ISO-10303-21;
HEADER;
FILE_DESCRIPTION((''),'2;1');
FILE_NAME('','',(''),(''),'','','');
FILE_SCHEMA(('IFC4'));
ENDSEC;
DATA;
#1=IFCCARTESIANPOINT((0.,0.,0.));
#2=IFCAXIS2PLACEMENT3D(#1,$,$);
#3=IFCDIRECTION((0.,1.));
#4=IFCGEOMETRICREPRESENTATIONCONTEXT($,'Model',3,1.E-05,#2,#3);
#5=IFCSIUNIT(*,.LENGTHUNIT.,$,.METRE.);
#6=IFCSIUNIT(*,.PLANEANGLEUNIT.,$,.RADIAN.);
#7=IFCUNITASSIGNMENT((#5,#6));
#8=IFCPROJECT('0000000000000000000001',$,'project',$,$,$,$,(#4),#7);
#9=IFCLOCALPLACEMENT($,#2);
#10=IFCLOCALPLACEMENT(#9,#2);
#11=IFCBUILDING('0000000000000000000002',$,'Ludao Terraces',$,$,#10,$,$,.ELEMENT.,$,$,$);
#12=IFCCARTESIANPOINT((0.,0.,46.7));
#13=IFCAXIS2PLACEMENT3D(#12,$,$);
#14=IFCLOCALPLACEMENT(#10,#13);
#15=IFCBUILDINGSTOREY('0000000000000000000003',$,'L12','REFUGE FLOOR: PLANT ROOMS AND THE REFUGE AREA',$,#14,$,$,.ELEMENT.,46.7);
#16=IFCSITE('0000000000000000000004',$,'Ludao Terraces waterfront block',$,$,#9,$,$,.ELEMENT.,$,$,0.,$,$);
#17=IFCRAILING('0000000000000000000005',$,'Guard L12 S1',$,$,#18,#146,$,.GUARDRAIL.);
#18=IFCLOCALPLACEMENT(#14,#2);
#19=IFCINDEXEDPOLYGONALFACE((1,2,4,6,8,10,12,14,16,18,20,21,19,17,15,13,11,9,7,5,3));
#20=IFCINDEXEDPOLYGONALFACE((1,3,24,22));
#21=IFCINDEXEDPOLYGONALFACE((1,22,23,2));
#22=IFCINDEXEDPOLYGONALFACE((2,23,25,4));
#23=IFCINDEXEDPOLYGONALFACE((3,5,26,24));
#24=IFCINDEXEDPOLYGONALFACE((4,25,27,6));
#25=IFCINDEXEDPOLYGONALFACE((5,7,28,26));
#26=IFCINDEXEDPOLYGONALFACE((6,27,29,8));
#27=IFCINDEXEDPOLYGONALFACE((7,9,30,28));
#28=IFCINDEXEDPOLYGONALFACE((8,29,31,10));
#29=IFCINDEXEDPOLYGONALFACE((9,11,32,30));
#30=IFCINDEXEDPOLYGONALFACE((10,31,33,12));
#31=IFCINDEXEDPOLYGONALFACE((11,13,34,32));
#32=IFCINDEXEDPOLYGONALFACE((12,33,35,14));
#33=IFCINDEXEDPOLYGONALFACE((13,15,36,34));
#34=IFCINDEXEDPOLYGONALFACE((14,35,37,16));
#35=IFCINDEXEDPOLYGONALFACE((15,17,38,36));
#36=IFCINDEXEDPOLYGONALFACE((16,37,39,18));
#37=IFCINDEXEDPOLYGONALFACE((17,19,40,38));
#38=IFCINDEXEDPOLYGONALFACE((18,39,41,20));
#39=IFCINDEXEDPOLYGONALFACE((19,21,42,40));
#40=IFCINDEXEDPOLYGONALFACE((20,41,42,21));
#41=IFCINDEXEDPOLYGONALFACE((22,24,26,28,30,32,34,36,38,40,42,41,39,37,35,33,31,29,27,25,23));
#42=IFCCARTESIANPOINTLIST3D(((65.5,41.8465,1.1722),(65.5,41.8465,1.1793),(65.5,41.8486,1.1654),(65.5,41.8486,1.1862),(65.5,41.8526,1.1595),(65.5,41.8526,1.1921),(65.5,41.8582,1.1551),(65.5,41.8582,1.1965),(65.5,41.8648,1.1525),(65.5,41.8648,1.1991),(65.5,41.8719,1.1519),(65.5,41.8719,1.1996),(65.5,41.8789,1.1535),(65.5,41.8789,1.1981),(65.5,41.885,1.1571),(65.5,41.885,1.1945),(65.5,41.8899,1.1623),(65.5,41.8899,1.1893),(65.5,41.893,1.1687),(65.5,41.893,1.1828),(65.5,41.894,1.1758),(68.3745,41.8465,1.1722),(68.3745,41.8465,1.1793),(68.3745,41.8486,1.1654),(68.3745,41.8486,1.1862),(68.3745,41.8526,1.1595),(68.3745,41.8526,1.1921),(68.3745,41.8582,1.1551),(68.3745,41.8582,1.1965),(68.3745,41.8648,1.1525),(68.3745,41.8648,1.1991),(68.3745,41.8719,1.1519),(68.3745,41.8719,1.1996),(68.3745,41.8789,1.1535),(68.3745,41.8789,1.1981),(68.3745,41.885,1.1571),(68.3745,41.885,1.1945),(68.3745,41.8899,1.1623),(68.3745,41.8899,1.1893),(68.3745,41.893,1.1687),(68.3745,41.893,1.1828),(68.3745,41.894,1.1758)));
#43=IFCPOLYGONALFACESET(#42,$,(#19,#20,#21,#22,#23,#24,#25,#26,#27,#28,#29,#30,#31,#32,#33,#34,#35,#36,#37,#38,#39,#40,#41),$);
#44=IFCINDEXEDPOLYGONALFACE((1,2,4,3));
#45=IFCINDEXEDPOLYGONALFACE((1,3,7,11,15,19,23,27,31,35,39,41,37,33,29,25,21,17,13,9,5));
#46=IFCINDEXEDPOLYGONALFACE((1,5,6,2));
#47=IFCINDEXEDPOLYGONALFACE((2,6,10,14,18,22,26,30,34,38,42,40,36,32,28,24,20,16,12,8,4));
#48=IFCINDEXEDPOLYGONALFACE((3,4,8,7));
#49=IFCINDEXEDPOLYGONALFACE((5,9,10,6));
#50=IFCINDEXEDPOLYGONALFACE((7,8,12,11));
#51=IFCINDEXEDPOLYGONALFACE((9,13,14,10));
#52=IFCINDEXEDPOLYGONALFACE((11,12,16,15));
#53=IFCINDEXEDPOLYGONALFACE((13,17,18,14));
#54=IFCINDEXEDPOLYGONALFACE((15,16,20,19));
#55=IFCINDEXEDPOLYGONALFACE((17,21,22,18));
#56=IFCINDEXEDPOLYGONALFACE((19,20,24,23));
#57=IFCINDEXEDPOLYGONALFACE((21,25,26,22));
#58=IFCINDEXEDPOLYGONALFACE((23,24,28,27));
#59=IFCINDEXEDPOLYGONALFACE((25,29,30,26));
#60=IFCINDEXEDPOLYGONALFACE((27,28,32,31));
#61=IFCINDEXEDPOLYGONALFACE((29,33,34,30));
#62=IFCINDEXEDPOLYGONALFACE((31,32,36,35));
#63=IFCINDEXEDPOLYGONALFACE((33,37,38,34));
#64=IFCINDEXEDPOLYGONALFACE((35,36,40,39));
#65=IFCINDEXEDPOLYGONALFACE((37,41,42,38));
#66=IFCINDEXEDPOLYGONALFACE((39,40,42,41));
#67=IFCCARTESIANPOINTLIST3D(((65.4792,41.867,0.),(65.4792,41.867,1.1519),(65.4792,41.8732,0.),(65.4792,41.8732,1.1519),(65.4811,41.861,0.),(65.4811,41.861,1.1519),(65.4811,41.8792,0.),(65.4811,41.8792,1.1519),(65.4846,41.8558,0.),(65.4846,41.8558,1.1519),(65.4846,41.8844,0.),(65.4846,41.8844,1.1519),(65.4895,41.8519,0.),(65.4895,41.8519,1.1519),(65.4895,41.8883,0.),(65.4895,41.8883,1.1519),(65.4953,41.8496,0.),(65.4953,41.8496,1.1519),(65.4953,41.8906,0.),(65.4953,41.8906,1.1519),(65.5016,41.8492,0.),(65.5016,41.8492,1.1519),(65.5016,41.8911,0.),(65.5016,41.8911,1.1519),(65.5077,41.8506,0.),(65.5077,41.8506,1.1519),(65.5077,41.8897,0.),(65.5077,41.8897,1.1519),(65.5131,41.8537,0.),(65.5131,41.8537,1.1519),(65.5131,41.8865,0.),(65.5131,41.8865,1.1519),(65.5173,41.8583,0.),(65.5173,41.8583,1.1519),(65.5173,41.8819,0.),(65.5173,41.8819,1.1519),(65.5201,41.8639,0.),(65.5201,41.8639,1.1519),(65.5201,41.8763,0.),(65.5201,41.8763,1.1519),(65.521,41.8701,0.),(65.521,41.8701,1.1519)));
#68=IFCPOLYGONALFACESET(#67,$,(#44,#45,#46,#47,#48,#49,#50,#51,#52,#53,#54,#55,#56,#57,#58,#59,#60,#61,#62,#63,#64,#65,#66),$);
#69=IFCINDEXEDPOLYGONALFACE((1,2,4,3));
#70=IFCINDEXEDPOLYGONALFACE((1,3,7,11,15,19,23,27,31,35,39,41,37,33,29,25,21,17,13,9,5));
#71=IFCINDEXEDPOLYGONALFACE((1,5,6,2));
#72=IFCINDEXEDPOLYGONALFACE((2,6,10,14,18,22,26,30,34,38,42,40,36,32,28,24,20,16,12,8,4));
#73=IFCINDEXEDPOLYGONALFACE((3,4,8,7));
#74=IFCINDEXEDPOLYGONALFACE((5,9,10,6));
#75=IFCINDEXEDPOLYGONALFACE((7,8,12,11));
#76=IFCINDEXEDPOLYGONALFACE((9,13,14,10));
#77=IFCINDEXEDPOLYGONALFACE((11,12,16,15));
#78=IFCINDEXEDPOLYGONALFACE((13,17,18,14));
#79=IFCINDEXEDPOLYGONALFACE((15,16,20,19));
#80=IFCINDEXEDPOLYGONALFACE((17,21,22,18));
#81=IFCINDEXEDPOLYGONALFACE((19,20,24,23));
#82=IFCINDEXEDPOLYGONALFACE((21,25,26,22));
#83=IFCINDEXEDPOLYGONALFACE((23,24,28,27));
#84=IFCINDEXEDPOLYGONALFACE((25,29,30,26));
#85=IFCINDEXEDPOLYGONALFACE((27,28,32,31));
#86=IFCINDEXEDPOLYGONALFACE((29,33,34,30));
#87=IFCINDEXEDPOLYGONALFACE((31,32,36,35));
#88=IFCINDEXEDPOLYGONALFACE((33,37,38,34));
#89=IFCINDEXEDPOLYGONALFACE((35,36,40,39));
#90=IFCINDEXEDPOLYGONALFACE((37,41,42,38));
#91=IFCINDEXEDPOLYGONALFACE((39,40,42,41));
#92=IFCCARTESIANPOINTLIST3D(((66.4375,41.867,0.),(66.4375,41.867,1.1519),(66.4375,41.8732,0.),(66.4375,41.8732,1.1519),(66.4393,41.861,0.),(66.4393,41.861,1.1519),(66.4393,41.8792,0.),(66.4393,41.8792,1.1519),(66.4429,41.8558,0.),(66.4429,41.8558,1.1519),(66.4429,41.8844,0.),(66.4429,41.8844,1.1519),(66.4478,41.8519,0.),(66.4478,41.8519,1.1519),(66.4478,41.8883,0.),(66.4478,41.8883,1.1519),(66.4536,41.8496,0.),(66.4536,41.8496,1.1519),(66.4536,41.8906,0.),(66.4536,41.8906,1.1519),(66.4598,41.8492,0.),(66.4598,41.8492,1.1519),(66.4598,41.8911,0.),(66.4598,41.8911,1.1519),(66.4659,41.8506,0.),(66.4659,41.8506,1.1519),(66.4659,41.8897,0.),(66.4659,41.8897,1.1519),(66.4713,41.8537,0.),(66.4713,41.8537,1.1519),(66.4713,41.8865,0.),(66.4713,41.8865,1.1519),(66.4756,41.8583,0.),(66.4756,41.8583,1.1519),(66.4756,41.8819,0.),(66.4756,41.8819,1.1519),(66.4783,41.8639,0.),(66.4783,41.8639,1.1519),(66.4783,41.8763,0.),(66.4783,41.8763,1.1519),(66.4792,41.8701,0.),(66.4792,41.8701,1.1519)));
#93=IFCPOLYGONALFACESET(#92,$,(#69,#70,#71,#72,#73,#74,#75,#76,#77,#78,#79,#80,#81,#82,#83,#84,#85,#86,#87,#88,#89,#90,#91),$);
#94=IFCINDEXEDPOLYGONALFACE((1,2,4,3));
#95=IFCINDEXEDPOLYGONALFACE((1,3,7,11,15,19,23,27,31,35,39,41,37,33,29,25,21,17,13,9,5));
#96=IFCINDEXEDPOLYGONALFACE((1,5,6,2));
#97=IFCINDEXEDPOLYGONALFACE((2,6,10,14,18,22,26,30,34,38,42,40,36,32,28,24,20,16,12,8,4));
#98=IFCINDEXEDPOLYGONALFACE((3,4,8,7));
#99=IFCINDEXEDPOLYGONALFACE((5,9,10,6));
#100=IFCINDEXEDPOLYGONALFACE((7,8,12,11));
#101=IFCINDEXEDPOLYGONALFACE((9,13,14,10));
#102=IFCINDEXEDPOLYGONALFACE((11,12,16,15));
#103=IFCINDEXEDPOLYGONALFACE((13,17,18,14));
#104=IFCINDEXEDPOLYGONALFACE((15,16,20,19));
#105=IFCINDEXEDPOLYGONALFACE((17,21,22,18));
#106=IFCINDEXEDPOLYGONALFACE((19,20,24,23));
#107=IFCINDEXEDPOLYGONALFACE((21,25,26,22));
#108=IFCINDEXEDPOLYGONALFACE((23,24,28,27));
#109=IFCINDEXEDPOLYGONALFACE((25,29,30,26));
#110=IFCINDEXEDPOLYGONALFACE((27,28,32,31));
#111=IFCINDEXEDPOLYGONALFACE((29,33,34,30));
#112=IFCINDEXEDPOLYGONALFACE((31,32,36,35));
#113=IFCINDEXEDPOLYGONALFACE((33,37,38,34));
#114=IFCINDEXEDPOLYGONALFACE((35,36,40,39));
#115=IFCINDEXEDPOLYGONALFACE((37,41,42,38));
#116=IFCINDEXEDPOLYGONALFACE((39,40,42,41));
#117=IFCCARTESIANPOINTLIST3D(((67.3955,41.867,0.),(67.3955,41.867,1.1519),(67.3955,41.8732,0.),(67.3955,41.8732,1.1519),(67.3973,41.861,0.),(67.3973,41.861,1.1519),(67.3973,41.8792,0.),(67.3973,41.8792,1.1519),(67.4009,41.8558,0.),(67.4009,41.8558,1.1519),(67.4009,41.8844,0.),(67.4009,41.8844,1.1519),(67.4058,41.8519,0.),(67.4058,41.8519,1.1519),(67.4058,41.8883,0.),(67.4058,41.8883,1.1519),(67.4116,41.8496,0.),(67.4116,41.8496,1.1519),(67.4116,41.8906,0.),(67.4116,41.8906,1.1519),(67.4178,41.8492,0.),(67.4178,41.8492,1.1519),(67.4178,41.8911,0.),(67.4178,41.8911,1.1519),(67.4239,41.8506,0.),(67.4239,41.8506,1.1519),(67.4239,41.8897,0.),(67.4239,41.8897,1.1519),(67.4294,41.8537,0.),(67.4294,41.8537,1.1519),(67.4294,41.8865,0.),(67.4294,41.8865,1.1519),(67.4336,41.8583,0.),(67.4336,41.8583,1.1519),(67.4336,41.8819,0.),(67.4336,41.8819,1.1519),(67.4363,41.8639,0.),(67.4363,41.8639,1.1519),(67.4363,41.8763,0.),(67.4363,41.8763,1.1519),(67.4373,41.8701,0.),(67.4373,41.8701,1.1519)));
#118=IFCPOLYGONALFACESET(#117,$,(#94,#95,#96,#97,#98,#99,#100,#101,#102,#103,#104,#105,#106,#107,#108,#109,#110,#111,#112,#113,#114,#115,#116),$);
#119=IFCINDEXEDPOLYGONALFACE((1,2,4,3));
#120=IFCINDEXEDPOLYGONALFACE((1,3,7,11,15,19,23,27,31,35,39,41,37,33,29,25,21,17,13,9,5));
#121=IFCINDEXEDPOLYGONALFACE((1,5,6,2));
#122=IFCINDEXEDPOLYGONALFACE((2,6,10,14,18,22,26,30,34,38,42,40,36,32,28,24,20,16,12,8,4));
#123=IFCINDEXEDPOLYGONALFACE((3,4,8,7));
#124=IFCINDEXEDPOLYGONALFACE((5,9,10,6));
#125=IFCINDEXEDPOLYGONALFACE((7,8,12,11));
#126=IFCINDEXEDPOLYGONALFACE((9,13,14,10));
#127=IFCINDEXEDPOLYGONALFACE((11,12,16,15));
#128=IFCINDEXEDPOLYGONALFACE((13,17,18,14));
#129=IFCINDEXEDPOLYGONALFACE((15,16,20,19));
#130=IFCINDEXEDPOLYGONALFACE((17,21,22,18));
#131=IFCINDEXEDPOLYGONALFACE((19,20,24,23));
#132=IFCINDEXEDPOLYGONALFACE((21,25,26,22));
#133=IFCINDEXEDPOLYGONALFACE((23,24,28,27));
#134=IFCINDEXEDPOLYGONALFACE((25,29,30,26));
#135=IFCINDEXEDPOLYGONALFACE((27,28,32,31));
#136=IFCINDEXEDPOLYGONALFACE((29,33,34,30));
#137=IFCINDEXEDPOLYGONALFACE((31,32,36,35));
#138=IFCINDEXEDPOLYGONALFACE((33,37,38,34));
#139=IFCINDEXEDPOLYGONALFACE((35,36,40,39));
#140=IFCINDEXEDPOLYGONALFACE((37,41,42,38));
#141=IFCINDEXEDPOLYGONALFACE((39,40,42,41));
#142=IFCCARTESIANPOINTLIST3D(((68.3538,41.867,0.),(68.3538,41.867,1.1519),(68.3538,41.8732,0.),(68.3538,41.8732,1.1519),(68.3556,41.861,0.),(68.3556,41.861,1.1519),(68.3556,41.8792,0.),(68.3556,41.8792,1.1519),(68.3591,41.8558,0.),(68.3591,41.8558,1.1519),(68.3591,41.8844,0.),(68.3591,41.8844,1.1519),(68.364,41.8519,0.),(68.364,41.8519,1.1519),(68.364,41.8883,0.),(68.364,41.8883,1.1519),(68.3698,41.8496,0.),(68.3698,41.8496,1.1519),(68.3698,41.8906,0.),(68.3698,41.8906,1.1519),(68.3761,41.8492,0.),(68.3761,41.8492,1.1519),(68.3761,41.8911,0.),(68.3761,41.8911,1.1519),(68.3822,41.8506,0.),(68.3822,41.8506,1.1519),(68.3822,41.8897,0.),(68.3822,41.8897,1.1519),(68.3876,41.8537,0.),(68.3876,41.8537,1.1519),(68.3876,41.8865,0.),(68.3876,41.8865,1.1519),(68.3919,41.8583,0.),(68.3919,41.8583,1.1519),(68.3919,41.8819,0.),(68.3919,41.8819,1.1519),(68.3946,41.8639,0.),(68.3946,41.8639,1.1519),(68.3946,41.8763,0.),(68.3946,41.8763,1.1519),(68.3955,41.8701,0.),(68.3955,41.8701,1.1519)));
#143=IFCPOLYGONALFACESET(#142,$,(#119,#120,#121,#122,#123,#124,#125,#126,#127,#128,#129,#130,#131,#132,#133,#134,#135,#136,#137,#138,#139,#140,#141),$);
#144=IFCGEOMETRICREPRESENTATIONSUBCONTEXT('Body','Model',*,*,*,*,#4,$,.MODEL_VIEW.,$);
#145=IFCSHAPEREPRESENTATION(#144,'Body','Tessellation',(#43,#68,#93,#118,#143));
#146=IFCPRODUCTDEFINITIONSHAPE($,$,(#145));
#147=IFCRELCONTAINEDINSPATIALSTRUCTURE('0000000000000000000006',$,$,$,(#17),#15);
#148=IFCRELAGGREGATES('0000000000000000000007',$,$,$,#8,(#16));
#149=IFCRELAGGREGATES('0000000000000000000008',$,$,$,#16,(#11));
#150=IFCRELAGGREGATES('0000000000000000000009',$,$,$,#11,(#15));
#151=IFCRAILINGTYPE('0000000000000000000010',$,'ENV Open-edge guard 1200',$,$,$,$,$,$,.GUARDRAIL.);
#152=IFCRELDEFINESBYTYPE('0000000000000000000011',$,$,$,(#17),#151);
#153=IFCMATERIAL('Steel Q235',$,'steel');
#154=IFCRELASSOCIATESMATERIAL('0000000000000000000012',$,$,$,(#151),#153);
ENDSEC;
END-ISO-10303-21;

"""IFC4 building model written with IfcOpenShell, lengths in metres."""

from ifc_helpers import new_model, si_unit, direction, frame, origin, origin_2d, place, context, subcontext, project, spatial, circle, extrude, material, type_object, element, save


model = new_model("IFC4")

# Units and contexts
model_context = context("Model", 3, precision=1e-05, world=origin(), true_north=direction((0.0, 1.0)))
body_context = subcontext(model_context, "Body", "Model", "MODEL_VIEW")
ifc_project = project(units=[si_unit("LENGTHUNIT", "METRE"), si_unit("PLANEANGLEUNIT", "RADIAN")], contexts=[model_context])

# Site, building, storey
site_placement = place(None, origin())
site = spatial("IfcSite", under=ifc_project, at=site_placement, Name="Ludao Terraces waterfront block", CompositionType="ELEMENT", RefElevation=0.0)
building_placement = place(site_placement, origin())
building = spatial("IfcBuilding", under=site, at=building_placement, Name="Ludao Terraces", CompositionType="ELEMENT")
storey_placement = place(building_placement, frame((0.0, 0.0, 46.7)))
storey = spatial("IfcBuildingStorey", under=building, at=storey_placement, Name="L12", Description="REFUGE FLOOR: PLANT ROOMS AND THE REFUGE AREA", CompositionType="ELEMENT", Elevation=46.7)

# Shared definitions
ifc_material_1 = material(Name="Steel Q235", Category="steel")

# Railing
railing_type = type_object("IfcRailingType", Name="ENV Open-edge guard 1200", PredefinedType="GUARDRAIL", material=ifc_material_1)
railing_placement = place(storey_placement, frame((65.5, 41.8701, 0.0)))
element("IfcRailing", 1, at=railing_placement, inside=storey, type_object=railing_type, Name="Guard L12 S1", PredefinedType="GUARDRAIL", context=body_context, shape_type="SweptSolid", body=[
    extrude(circle(Radius=0.0239, at=origin_2d()), frame((0.0, 0.0, 1.1758), z_axis=(1.0, 0.0, 0.0), x_axis=(0.0, 1.0, 0.0)), (0.0, 0.0, 1.0), 2.8745),
    extrude(circle(Radius=0.021, at=origin_2d()), origin(), (0.0, 0.0, 1.0), 1.1519),
    extrude(circle(Radius=0.021, at=origin_2d()), frame((0.9583, 0.0, 0.0)), (0.0, 0.0, 1.0), 1.1519),
    extrude(circle(Radius=0.021, at=origin_2d()), frame((1.9163, 0.0, 0.0)), (0.0, 0.0, 1.0), 1.1519),
    extrude(circle(Radius=0.021, at=origin_2d()), frame((2.8745, 0.0, 0.0)), (0.0, 0.0, 1.0), 1.1519),
])

save(model, "model.ifc")
